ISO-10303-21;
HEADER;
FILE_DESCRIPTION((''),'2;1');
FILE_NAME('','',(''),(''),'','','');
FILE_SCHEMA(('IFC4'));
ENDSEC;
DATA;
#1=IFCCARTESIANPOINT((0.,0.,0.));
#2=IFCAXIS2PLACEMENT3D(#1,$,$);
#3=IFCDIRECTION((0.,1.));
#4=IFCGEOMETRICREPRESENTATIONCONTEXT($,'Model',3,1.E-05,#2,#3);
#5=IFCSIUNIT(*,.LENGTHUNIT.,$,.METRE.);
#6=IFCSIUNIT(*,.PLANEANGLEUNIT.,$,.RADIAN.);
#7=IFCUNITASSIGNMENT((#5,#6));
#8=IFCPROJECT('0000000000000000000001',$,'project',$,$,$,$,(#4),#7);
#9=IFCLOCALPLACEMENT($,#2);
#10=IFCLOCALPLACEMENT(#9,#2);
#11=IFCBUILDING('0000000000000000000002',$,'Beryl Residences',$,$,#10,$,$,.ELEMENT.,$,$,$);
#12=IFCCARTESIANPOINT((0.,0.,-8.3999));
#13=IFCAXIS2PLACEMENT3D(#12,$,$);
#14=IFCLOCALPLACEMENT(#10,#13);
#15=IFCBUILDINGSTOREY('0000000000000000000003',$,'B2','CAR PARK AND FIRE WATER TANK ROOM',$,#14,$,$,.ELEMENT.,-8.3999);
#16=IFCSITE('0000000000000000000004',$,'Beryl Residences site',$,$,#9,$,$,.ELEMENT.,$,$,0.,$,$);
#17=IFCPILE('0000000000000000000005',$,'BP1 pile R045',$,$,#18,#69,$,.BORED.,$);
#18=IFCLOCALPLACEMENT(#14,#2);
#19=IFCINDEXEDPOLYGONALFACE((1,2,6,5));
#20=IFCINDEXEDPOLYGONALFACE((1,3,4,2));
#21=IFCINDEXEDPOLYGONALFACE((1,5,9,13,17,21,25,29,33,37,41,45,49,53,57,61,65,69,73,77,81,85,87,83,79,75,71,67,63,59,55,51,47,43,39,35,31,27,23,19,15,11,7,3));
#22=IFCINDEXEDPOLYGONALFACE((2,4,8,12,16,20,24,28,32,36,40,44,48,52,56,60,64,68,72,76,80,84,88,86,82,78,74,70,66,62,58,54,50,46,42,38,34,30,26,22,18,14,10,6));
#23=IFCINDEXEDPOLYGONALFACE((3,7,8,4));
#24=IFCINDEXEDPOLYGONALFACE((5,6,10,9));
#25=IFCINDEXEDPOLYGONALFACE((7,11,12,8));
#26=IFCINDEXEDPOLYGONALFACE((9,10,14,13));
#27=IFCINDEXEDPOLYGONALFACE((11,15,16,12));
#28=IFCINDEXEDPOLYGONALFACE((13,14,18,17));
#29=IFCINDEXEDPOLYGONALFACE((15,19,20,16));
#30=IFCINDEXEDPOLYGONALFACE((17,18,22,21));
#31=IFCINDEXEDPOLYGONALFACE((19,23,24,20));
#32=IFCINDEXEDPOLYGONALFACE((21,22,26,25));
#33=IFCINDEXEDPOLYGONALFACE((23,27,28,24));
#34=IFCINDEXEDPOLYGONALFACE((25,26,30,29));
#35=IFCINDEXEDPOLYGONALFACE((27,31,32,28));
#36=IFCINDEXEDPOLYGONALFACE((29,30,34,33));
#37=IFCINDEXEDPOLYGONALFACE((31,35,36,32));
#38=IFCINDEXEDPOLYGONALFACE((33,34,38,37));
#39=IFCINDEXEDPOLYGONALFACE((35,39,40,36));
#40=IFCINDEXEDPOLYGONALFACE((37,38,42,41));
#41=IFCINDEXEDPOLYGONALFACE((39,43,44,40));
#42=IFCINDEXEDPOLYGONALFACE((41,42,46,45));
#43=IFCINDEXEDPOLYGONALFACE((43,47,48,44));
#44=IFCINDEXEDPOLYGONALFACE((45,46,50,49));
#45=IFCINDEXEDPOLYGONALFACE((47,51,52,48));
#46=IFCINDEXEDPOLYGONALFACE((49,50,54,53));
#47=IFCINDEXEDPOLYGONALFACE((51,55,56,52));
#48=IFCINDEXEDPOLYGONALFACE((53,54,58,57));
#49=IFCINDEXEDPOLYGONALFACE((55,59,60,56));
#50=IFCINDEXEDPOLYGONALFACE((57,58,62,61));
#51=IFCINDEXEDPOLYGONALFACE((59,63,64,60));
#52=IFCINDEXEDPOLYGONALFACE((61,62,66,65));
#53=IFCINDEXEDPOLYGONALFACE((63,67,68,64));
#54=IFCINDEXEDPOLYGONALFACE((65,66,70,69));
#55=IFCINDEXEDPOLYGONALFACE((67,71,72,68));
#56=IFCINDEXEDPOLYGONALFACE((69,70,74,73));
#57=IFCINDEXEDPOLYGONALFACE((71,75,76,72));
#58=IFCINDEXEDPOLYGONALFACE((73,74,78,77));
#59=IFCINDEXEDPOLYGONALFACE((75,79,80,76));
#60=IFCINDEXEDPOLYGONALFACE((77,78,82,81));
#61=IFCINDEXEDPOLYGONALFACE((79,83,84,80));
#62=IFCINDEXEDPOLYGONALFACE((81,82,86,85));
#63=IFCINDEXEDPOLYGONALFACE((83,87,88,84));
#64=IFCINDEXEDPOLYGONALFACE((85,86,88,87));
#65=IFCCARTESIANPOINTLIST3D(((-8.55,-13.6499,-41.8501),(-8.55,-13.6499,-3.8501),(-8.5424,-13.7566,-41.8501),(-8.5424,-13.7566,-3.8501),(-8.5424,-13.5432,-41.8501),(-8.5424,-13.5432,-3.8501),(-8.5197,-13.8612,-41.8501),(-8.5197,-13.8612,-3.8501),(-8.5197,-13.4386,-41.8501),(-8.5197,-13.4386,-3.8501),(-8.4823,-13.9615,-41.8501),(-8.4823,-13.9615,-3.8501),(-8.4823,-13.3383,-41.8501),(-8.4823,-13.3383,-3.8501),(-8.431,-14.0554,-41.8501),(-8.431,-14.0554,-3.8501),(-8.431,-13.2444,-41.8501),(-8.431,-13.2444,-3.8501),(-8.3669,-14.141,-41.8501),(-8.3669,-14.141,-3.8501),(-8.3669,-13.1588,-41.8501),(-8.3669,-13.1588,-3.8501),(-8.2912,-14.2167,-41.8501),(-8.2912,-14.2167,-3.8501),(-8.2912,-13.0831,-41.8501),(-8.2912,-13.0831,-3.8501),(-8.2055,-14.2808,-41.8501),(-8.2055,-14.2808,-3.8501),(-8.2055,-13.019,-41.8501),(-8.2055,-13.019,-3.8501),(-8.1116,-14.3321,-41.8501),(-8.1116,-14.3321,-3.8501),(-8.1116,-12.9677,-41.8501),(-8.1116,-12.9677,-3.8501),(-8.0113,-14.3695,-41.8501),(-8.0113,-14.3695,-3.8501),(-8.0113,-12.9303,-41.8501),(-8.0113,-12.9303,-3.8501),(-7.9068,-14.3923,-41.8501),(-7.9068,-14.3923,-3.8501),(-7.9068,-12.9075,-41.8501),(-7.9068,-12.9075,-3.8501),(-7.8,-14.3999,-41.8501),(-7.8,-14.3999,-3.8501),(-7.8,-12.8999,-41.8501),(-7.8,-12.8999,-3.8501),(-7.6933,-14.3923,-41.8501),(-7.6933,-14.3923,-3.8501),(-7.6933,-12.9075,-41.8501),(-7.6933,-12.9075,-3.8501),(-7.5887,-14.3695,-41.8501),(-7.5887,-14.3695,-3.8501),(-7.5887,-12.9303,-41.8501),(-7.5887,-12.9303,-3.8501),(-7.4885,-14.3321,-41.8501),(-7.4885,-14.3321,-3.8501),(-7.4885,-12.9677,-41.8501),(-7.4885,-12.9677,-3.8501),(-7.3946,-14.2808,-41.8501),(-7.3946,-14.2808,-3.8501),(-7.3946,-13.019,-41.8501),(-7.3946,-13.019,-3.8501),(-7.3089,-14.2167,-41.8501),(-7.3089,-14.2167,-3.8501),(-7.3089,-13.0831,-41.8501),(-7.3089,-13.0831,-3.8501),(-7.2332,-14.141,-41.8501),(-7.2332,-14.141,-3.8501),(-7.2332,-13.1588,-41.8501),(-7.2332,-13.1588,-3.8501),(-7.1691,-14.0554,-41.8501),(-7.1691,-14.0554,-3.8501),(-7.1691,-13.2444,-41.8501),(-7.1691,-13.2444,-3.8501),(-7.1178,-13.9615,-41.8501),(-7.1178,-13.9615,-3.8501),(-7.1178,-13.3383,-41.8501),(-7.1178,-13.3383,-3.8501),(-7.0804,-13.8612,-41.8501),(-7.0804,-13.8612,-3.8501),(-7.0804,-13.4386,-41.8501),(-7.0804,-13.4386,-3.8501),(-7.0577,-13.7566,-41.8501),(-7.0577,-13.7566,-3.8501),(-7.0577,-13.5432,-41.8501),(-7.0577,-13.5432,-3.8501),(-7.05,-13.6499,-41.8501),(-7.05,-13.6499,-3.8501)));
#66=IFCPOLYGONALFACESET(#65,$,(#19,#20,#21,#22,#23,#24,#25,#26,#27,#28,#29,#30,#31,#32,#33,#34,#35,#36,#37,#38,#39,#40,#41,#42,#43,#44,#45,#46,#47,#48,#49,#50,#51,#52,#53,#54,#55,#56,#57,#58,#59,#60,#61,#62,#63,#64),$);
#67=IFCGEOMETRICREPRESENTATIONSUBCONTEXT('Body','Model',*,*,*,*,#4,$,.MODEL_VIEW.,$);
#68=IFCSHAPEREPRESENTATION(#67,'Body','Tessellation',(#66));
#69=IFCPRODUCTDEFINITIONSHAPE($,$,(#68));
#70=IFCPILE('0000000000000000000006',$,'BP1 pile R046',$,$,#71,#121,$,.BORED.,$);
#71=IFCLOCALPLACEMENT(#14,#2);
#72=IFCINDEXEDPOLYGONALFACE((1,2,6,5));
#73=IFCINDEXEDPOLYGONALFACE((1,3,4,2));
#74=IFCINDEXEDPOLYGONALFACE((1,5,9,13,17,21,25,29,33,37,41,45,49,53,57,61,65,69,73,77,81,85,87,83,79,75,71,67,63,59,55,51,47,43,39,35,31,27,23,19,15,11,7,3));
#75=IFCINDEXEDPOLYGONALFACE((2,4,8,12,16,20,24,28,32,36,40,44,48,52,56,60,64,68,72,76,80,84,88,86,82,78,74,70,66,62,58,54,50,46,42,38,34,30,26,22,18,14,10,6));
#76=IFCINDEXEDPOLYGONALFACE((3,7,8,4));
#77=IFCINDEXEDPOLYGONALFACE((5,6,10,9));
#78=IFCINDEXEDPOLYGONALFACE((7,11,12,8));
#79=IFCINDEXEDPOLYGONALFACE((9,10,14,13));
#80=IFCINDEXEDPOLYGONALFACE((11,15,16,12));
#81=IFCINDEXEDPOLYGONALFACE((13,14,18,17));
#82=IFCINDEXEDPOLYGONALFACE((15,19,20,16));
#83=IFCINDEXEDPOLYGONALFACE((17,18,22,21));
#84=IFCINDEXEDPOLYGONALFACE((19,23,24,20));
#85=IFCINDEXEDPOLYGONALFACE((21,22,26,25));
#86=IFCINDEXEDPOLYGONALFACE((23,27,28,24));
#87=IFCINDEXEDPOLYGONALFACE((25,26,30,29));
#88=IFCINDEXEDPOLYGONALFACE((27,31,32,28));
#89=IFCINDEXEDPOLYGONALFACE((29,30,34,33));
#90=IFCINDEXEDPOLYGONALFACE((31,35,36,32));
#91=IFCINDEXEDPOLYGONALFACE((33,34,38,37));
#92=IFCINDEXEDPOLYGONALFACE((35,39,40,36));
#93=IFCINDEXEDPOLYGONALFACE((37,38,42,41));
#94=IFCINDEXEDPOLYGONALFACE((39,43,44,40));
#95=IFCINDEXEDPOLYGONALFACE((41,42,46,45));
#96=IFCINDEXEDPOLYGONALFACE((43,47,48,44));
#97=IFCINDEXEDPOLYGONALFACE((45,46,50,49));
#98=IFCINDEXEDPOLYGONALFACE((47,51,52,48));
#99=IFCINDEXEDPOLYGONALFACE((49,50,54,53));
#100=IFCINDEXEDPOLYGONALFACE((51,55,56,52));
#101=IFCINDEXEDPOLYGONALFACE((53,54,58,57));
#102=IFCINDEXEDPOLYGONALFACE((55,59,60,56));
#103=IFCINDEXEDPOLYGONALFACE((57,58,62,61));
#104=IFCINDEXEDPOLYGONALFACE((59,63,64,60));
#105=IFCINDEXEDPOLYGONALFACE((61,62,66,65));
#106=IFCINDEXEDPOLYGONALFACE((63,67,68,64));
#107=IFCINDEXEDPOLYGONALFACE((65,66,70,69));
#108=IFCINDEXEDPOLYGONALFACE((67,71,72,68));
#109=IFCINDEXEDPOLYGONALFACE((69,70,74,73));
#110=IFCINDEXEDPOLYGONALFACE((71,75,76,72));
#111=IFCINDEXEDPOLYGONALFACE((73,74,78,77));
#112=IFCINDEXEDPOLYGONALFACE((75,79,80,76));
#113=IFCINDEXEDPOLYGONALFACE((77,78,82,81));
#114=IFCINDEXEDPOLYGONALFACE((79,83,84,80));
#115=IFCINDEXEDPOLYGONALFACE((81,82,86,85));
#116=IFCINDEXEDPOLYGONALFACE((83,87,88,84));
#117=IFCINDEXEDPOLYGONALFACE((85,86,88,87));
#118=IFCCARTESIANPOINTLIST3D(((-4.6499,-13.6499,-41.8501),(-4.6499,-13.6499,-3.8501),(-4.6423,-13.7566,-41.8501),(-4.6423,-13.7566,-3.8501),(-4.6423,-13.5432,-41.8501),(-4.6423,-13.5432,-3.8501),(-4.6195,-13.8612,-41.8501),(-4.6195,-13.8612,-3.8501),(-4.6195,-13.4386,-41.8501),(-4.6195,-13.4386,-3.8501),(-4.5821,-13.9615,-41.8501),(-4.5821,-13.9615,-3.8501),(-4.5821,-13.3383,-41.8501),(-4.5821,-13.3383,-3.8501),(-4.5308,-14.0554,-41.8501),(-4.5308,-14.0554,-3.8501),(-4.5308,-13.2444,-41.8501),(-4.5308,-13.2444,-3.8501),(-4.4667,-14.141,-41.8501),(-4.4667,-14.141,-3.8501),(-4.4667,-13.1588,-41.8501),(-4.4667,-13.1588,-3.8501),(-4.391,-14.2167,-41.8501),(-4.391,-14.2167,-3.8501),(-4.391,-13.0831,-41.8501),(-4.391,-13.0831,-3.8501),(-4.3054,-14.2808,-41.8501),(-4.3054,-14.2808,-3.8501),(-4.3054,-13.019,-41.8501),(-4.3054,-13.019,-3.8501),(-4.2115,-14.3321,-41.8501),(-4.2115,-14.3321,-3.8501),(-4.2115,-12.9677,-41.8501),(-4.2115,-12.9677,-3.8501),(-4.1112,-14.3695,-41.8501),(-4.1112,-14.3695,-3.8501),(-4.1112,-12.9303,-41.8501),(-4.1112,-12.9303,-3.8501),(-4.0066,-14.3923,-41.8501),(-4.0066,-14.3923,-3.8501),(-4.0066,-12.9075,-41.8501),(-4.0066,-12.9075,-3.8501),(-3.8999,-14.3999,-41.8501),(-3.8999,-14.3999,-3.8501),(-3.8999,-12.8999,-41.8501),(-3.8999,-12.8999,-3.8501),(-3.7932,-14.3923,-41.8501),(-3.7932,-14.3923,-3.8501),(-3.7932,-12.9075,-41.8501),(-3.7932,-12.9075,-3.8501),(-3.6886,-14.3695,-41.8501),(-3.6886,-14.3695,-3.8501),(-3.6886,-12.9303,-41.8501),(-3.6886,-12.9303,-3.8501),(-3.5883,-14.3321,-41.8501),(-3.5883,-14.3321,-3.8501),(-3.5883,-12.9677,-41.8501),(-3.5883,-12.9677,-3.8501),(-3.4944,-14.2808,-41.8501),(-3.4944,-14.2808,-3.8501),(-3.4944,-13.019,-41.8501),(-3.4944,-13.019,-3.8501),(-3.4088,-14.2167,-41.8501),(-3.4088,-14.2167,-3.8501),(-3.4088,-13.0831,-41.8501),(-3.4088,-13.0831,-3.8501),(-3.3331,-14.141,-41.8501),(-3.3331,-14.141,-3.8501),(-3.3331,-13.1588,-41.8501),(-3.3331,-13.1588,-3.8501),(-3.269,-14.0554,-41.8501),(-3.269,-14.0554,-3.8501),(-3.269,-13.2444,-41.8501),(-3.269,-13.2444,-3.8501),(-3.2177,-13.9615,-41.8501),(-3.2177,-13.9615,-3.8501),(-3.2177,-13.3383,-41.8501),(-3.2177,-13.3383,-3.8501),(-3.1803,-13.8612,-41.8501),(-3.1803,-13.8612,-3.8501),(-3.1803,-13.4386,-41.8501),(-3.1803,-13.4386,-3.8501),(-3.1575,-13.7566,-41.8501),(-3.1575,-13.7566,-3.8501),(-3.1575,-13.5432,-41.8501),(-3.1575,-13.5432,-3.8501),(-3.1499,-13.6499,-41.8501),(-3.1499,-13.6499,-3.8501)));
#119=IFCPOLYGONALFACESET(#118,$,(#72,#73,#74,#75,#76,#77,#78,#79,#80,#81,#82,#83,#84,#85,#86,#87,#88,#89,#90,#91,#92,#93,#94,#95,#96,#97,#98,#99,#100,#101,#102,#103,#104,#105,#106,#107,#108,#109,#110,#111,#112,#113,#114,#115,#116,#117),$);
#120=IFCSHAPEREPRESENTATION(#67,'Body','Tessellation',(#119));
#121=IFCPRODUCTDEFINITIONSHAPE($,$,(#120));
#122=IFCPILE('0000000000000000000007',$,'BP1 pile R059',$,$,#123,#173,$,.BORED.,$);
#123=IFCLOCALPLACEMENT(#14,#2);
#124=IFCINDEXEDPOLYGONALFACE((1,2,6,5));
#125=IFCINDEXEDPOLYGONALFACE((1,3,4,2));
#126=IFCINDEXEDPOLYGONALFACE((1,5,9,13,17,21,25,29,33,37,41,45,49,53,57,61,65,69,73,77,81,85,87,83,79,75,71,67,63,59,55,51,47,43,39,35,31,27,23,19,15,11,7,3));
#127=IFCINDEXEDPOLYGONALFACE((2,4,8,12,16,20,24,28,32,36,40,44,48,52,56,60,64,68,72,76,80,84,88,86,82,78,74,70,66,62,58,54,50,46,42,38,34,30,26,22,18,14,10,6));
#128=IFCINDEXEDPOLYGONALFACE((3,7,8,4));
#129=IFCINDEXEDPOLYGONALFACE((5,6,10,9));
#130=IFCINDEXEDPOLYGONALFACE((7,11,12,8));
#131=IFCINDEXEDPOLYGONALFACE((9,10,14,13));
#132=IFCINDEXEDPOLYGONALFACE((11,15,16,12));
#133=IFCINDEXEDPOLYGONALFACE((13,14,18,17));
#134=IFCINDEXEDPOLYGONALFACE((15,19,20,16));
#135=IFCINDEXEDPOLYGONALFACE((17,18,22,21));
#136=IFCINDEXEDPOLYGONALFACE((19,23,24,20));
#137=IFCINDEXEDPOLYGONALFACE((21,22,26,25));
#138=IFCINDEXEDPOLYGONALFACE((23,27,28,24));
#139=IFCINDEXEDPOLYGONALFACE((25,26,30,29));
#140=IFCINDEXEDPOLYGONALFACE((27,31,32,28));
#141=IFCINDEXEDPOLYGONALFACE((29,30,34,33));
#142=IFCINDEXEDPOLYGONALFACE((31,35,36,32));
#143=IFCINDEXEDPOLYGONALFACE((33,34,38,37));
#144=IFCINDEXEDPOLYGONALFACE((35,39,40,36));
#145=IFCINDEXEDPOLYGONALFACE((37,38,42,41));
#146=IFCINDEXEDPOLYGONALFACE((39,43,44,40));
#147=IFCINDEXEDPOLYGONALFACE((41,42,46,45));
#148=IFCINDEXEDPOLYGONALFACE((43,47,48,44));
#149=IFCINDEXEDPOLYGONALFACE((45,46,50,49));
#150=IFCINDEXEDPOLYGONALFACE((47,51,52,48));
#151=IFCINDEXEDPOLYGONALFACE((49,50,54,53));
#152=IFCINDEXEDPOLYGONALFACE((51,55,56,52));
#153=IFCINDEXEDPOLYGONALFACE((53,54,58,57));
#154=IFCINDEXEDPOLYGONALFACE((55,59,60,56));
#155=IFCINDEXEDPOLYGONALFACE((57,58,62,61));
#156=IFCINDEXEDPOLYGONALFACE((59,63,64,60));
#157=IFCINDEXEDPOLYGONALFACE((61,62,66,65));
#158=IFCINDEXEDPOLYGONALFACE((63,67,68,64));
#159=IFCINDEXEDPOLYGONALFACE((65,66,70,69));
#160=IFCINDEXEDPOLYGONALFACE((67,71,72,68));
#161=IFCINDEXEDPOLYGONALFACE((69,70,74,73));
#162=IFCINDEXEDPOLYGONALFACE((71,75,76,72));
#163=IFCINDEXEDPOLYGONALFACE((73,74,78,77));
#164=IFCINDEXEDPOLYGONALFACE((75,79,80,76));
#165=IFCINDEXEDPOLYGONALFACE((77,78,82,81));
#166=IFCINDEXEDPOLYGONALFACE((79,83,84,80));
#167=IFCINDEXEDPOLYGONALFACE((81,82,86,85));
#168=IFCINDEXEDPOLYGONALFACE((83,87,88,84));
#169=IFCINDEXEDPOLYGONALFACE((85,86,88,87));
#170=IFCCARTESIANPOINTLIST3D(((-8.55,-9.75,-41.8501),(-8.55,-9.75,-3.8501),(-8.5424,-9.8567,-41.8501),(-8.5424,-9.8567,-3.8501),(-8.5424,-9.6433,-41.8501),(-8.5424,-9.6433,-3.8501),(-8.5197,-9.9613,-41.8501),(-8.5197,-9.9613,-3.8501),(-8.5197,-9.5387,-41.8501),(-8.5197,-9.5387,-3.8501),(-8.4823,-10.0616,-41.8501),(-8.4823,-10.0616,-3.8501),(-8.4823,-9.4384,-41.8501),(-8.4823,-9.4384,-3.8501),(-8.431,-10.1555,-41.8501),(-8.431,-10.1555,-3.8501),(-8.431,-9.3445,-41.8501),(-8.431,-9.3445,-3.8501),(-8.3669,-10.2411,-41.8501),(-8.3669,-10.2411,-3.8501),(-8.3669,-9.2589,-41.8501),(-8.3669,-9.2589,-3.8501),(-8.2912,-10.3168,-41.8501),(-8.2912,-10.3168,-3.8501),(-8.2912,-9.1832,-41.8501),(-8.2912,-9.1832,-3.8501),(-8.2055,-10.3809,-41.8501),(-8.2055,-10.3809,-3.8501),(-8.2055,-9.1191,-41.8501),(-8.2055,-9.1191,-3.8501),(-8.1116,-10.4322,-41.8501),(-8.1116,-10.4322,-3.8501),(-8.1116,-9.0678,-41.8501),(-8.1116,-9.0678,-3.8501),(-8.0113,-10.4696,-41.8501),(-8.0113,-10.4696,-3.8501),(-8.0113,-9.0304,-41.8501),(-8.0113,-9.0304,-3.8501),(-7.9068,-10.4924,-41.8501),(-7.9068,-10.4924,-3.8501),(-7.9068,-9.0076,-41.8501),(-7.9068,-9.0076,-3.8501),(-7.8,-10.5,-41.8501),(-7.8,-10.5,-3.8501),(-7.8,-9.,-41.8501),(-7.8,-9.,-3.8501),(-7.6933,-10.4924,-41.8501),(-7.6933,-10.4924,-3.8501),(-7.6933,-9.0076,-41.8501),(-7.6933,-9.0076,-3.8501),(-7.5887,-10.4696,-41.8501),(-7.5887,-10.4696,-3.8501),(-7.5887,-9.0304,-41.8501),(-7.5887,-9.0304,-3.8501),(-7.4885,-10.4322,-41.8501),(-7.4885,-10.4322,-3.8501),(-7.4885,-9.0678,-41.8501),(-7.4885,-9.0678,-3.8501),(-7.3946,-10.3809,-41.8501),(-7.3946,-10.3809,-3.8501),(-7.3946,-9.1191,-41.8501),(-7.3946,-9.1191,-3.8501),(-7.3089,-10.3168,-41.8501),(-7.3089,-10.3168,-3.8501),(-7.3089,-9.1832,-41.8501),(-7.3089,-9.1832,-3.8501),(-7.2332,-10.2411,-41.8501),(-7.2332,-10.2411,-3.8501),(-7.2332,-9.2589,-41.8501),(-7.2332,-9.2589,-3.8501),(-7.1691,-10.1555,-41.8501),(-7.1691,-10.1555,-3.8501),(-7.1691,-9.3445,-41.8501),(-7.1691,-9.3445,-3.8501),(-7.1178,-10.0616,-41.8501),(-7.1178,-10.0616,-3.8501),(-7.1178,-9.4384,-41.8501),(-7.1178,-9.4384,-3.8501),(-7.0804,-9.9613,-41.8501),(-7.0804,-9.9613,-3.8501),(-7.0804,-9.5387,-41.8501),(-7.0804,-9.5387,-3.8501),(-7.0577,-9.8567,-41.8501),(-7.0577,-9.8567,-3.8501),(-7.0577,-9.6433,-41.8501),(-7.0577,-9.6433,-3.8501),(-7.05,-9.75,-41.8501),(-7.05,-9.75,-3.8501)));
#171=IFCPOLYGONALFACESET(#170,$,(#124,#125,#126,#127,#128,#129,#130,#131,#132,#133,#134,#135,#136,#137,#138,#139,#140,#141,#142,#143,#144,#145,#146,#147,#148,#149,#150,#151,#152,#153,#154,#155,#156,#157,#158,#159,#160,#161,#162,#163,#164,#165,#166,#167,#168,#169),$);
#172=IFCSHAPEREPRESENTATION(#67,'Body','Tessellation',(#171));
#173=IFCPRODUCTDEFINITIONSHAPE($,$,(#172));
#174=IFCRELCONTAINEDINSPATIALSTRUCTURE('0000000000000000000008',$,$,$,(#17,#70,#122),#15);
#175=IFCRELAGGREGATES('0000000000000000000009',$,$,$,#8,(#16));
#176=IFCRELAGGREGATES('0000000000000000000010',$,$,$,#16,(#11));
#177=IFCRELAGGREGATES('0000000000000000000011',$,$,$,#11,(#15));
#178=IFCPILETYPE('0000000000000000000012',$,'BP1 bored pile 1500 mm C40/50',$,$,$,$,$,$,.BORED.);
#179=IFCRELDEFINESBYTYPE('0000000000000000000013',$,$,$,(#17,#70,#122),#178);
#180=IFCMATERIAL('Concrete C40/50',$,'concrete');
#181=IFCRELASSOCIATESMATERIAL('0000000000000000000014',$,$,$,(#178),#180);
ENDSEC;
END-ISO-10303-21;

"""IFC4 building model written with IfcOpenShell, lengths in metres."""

from ifc_helpers import new_model, si_unit, direction, frame, origin, origin_2d, place, context, subcontext, project, spatial, circle, extrude, material, material_profile, profile_set, type_object, element, save


model = new_model("IFC4")

# Units and contexts
model_context = context("Model", 3, precision=1e-05, world=origin(), true_north=direction((0.0, 1.0)))
body_context = subcontext(model_context, "Body", "Model", "MODEL_VIEW")
ifc_project = project(units=[si_unit("LENGTHUNIT", "METRE"), si_unit("PLANEANGLEUNIT", "RADIAN")], contexts=[model_context])

# Site, building, storey
site_placement = place(None, origin())
site = spatial("IfcSite", under=ifc_project, at=site_placement, Name="Beryl Residences site", CompositionType="ELEMENT", RefElevation=0.0)
building_placement = place(site_placement, origin())
building = spatial("IfcBuilding", under=site, at=building_placement, Name="Beryl Residences", CompositionType="ELEMENT")
storey_placement = place(building_placement, frame((0.0, 0.0, -8.3999)))
storey = spatial("IfcBuildingStorey", under=building, at=storey_placement, Name="B2", Description="CAR PARK AND FIRE WATER TANK ROOM", CompositionType="ELEMENT", Elevation=-8.3999)

# Piles
ifc_material_1 = material(Name="Concrete C40/50", Category="concrete")
ifc_material_profile_1 = material_profile(ifc_material_1, circle(Radius=0.75, at=origin_2d()))
ifc_profile_set_1 = profile_set([ifc_material_profile_1], Name="Concrete C40/50")
pile_type = type_object("IfcPileType", Name="BP1 bored pile 1500 mm C40/50", PredefinedType="BORED", material=ifc_profile_set_1)
for number, where, z_axis, x_axis, name in (
    (1, (-7.8, -13.6499, -3.8501), (0.0, 0.0, -1.0), (1.0, 0.0, 0.0), "BP1 pile R045"),
    (2, (-3.8999, -13.6499, -3.8501), (0.0, 0.0, -1.0), (1.0, 0.0, 0.0), "BP1 pile R046"),
    (3, (-7.8, -9.75, -3.8501), (0.0, 0.0, -1.0), (1.0, 0.0, 0.0), "BP1 pile R059"),
):
    element("IfcPile", number, at=place(storey_placement, frame(where, z_axis=z_axis, x_axis=x_axis)), inside=storey, type_object=pile_type, Name=name, PredefinedType="BORED", context=body_context, shape_type="SweptSolid", body=[
        extrude(circle(Radius=0.75, at=origin_2d()), origin(), (0.0, 0.0, 1.0), 38.0),
    ])

save(model, "model.ifc")
